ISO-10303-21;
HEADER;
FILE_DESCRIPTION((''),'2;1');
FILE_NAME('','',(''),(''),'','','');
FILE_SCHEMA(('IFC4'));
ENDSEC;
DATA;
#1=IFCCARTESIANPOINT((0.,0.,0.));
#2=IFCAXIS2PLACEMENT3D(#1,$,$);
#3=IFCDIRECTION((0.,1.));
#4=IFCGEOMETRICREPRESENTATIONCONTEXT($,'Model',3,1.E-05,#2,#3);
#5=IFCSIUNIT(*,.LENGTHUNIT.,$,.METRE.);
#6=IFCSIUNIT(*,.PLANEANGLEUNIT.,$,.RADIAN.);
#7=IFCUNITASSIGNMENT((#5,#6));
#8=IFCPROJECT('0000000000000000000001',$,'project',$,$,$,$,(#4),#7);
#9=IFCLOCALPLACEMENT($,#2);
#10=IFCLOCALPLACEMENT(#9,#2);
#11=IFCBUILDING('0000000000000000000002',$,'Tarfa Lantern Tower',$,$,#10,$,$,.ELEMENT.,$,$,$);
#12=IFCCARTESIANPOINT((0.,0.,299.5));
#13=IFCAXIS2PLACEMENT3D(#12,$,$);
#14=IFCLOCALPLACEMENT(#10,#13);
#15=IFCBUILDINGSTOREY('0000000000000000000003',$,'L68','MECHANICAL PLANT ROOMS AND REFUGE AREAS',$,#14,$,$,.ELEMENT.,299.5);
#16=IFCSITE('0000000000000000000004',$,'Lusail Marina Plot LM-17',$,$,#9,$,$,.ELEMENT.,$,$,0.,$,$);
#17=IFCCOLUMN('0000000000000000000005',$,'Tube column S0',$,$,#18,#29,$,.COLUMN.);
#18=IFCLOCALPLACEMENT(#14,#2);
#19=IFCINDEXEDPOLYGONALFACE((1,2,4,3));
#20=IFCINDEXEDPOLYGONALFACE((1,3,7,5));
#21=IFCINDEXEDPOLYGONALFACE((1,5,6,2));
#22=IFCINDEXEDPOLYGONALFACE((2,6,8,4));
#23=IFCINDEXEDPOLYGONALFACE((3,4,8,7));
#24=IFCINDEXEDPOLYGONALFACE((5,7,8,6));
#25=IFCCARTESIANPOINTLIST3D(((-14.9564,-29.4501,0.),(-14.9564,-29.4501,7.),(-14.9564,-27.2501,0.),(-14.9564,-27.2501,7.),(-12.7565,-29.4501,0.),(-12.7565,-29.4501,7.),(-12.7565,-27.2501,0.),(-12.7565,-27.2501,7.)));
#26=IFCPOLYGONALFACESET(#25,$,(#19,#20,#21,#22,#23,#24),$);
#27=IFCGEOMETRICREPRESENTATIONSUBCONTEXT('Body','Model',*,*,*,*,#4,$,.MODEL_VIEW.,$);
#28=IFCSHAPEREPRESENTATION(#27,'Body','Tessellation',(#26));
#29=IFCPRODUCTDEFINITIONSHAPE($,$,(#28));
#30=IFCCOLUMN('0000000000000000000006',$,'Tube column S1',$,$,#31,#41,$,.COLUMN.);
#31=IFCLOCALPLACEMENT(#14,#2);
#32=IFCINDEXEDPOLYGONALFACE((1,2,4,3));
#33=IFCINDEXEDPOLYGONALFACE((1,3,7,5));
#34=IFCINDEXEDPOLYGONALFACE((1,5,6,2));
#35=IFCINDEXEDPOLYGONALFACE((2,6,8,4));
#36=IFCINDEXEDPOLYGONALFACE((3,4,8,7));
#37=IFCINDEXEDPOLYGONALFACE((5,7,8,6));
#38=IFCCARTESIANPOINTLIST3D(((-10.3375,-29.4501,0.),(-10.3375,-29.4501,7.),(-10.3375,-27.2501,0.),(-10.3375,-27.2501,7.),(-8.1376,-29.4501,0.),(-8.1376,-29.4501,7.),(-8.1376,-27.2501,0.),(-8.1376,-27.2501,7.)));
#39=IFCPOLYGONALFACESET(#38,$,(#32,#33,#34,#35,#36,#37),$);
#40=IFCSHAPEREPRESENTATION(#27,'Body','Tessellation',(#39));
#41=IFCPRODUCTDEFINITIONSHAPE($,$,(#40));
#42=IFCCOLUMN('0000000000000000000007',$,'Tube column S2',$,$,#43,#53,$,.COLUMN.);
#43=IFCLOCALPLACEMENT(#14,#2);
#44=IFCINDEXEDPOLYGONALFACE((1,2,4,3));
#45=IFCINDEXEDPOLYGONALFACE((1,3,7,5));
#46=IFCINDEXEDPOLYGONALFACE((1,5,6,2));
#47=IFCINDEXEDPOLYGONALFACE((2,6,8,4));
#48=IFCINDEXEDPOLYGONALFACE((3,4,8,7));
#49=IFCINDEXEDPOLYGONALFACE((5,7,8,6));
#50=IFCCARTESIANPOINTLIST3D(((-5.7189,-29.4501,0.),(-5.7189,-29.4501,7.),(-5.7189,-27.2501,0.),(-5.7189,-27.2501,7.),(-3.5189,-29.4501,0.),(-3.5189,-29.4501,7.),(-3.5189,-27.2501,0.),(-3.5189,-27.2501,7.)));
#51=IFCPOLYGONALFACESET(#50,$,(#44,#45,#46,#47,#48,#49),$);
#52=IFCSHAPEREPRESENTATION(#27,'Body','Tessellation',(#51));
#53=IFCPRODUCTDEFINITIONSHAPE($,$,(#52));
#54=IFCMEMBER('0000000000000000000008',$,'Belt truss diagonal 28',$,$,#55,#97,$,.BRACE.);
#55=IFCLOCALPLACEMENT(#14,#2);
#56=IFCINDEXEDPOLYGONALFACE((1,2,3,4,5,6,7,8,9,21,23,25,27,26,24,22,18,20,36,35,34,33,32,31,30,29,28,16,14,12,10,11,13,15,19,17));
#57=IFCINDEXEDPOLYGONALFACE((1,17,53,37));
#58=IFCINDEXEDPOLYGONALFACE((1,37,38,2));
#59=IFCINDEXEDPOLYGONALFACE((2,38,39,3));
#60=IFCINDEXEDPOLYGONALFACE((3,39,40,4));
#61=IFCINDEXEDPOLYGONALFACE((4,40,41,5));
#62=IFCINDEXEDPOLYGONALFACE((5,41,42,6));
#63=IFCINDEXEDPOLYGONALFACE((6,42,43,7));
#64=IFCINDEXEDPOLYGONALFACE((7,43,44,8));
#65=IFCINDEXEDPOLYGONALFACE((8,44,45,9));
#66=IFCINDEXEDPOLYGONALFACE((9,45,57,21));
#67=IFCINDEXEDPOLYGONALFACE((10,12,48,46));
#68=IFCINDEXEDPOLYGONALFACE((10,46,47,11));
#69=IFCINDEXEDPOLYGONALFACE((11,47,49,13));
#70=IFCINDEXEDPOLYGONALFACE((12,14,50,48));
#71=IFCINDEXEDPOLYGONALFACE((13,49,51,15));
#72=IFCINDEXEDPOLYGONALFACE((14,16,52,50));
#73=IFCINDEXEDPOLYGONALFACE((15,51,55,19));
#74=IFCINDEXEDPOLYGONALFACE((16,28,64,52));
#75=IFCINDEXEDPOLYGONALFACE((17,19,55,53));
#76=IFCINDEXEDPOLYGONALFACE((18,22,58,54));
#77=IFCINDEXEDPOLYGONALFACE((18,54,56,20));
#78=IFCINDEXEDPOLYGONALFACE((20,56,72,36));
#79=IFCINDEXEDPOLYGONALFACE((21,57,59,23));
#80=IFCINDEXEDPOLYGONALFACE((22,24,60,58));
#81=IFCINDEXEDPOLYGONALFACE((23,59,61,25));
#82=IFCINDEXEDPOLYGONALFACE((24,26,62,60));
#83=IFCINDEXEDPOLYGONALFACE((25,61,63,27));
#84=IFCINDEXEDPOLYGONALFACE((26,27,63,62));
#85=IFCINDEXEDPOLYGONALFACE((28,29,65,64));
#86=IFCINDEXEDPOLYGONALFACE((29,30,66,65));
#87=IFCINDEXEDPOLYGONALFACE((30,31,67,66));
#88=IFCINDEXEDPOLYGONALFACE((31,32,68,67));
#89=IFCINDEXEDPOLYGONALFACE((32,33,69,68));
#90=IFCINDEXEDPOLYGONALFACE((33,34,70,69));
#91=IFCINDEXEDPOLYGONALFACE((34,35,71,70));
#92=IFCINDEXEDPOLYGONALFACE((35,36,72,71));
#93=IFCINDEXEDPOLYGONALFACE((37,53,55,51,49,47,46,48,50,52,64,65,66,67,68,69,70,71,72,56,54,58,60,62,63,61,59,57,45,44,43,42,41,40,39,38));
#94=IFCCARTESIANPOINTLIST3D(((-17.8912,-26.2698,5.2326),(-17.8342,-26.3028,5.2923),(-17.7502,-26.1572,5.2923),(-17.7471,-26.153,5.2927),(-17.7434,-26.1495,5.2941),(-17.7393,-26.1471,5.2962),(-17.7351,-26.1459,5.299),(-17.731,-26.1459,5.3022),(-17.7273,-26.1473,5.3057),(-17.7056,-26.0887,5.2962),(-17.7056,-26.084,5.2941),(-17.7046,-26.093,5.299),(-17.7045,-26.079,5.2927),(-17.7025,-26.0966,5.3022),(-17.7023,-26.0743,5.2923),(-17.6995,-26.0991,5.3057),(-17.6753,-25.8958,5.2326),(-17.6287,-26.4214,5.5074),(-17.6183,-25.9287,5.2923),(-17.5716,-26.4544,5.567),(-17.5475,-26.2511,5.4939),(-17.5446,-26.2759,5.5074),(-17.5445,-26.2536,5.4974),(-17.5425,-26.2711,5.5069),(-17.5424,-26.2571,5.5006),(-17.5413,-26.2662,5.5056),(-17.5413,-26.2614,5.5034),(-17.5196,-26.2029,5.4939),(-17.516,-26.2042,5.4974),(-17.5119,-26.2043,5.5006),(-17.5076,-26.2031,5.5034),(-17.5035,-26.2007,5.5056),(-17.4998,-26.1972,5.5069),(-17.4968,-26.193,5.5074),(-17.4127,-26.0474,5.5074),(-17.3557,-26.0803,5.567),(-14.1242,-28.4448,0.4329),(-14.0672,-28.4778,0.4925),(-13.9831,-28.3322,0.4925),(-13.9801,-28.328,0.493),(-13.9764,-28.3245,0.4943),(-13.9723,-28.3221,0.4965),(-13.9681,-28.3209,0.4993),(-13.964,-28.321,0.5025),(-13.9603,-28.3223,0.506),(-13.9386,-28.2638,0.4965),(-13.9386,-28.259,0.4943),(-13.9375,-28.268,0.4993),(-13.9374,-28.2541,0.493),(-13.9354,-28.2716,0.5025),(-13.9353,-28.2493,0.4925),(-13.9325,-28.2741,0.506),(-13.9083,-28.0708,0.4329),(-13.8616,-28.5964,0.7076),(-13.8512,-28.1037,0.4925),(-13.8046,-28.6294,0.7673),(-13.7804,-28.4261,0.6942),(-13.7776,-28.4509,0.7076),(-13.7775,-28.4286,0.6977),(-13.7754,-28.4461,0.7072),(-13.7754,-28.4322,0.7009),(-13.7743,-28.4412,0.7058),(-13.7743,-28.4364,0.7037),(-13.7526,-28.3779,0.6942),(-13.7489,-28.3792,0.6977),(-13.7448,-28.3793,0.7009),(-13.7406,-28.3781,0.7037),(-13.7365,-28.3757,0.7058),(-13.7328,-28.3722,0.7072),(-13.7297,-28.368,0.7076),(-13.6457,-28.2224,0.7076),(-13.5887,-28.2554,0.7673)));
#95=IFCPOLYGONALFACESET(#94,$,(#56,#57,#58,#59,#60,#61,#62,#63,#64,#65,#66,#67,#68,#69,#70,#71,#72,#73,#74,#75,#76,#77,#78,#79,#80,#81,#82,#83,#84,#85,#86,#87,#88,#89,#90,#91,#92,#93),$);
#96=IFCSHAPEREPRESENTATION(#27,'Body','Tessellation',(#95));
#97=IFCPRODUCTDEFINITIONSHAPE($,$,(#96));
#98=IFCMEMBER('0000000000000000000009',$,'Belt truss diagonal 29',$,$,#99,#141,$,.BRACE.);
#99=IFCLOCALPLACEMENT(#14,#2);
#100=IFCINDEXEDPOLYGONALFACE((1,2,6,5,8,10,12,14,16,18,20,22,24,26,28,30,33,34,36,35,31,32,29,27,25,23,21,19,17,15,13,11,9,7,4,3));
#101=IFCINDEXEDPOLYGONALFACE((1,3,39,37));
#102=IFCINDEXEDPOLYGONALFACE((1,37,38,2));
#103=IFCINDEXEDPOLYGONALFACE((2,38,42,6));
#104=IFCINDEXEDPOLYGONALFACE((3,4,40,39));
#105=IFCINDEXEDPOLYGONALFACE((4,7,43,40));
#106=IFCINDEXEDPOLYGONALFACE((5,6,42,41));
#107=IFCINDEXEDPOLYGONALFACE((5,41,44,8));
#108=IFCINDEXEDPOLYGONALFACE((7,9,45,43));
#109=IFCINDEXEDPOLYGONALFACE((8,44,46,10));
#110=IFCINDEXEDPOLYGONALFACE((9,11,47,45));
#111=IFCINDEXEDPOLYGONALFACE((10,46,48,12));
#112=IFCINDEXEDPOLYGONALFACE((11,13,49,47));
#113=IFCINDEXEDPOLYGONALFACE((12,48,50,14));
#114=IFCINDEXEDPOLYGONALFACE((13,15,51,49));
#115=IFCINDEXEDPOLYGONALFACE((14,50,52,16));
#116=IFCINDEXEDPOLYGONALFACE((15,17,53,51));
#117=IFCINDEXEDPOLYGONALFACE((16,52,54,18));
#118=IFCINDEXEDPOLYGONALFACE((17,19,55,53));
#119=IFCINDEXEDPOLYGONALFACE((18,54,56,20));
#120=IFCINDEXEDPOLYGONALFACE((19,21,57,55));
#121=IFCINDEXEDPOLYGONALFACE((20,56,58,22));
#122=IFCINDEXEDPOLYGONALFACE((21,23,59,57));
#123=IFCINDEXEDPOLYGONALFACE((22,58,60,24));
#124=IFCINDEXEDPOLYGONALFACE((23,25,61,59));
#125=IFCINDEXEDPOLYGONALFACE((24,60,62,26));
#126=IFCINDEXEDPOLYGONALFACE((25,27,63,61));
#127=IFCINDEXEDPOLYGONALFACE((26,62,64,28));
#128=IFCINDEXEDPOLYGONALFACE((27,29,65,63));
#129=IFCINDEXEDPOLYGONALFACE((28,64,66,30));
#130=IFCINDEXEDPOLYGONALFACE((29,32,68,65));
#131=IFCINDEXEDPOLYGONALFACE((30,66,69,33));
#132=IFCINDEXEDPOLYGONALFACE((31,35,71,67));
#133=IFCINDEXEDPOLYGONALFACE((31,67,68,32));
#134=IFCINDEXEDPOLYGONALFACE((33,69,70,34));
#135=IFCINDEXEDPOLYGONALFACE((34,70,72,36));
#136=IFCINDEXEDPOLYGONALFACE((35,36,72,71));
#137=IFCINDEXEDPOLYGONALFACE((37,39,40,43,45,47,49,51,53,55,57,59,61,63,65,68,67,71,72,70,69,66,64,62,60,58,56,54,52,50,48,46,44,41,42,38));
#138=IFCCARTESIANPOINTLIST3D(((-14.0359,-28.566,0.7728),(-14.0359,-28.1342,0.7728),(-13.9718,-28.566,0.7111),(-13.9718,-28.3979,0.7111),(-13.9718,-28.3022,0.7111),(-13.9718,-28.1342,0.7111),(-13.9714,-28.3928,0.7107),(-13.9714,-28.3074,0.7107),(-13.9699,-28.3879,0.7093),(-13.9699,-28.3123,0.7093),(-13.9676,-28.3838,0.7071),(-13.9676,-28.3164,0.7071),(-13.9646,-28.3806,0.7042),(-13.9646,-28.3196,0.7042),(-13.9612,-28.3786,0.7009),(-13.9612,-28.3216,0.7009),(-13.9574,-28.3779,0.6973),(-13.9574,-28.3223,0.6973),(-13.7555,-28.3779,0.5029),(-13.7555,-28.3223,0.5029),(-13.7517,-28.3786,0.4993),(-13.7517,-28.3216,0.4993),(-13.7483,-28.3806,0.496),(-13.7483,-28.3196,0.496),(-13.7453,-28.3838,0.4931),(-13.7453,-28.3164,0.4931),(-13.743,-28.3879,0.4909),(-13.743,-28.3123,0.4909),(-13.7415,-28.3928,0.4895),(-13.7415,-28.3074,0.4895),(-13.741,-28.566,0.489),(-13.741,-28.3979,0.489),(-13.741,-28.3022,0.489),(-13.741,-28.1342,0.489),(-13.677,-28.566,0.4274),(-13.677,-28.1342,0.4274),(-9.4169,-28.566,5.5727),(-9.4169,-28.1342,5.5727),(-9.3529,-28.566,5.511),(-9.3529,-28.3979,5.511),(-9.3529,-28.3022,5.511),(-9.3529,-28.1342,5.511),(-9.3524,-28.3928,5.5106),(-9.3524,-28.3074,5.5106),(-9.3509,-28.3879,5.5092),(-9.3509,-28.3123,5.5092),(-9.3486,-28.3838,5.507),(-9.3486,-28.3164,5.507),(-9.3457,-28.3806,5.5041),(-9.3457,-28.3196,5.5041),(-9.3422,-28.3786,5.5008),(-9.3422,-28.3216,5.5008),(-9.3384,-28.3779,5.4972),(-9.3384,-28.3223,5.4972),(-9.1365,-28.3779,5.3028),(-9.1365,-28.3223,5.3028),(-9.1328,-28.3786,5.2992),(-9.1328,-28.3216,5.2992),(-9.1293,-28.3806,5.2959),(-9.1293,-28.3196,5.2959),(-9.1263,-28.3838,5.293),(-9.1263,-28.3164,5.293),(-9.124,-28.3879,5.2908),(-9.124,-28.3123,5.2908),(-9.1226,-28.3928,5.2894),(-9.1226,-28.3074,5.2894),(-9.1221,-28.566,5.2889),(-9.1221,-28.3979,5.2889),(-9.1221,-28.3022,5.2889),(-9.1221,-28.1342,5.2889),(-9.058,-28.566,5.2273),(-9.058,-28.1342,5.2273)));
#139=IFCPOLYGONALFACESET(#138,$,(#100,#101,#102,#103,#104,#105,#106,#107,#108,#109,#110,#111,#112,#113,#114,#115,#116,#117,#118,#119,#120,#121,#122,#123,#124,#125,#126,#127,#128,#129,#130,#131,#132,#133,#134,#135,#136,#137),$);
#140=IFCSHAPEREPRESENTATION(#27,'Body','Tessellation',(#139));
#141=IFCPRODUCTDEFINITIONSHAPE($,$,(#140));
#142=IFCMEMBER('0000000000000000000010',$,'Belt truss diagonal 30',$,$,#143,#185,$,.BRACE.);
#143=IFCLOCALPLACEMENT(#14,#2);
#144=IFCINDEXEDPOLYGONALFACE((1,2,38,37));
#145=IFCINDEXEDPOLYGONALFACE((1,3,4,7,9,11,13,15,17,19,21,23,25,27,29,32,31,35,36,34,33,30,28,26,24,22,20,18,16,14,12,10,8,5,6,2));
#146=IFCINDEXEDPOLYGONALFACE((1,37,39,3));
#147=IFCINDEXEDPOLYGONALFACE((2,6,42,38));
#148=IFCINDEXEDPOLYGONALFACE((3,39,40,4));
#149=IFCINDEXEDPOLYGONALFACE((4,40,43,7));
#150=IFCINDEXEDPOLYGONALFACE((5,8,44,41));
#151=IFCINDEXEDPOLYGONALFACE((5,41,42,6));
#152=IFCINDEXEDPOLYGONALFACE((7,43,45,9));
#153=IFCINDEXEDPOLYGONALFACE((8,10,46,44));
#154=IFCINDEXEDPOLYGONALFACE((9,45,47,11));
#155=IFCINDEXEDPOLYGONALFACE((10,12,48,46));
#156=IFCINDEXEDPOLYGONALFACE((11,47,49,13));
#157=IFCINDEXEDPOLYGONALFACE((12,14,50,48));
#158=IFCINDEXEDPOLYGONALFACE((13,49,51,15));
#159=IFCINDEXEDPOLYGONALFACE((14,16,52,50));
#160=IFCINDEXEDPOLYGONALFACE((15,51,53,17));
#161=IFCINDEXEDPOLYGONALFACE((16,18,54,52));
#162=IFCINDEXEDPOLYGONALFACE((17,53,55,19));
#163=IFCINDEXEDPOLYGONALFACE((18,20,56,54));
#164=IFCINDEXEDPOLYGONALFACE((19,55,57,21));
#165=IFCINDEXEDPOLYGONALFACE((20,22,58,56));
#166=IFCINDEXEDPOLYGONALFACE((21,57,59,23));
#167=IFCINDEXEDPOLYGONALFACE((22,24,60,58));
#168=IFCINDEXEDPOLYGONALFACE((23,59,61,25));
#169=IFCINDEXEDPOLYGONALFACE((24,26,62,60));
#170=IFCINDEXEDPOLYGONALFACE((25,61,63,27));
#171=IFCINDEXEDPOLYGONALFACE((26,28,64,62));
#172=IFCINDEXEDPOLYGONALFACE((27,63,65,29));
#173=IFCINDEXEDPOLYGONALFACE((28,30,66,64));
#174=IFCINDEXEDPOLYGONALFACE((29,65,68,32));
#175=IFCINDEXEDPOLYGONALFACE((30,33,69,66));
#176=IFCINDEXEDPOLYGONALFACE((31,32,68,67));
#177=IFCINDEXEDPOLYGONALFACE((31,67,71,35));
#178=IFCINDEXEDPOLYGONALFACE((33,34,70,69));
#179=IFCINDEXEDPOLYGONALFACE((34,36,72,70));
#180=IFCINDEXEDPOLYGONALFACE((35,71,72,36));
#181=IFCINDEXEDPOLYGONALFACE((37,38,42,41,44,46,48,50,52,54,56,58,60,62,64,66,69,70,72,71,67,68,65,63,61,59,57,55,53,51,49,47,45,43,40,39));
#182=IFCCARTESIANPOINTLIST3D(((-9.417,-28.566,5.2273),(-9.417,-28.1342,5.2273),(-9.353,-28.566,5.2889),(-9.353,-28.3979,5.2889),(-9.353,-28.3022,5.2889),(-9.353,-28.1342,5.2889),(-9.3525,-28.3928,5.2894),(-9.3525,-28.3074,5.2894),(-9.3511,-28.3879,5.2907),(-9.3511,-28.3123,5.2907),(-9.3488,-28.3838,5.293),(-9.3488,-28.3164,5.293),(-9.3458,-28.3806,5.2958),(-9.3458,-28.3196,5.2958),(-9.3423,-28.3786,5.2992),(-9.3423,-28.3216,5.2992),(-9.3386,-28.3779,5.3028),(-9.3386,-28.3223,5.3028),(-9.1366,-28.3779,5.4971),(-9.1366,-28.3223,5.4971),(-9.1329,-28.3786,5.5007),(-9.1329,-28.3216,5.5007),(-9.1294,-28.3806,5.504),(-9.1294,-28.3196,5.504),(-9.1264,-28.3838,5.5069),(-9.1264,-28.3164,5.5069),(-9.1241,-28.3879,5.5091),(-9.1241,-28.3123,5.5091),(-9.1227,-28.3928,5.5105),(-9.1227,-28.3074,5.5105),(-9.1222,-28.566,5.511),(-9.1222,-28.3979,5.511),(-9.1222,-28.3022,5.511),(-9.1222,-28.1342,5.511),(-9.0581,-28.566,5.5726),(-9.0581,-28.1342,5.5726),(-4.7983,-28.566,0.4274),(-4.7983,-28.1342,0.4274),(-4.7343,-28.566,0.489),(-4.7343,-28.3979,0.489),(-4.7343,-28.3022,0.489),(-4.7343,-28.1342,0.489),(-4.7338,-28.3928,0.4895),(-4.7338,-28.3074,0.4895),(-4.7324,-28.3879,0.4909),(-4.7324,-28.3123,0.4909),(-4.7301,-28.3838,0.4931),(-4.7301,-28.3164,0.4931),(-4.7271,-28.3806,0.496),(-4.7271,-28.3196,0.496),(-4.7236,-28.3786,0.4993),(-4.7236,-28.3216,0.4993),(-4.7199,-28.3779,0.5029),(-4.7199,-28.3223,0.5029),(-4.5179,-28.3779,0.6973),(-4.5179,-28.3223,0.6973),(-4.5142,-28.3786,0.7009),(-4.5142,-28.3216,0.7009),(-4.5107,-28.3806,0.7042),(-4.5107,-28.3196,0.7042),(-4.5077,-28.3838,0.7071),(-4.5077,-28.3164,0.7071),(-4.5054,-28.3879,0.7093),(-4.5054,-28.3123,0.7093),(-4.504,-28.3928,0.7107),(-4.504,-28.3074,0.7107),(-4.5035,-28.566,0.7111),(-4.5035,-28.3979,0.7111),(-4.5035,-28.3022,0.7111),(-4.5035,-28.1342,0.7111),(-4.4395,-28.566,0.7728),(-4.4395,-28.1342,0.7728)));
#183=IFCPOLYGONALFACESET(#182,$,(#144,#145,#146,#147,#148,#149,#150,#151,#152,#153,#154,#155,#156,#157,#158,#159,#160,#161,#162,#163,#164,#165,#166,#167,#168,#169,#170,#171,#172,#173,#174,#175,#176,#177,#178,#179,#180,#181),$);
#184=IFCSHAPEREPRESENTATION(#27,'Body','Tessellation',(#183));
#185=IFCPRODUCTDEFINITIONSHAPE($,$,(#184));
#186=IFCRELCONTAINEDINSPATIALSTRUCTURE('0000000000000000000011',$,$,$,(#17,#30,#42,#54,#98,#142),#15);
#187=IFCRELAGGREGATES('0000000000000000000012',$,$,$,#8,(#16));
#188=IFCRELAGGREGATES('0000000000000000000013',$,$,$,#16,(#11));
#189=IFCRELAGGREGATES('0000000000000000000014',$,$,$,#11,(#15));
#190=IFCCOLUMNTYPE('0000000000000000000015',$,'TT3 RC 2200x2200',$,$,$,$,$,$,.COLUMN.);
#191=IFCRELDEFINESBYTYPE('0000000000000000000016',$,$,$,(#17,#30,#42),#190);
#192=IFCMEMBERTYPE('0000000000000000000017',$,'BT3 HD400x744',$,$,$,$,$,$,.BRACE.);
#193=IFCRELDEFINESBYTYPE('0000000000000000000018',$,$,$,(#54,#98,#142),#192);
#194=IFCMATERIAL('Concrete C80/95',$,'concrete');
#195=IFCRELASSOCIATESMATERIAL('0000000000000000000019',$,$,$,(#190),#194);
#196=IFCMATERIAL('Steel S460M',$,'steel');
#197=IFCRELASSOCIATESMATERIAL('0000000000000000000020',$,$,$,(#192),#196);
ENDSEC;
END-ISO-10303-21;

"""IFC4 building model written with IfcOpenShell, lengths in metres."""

from ifc_helpers import new_model, si_unit, direction, frame, origin, origin_2d, place, context, subcontext, project, spatial, rectangle, i_section, extrude, material, material_profile, profile_set, type_object, element, save


model = new_model("IFC4")

# Units and contexts
model_context = context("Model", 3, precision=1e-05, world=origin(), true_north=direction((0.0, 1.0)))
body_context = subcontext(model_context, "Body", "Model", "MODEL_VIEW")
ifc_project = project(units=[si_unit("LENGTHUNIT", "METRE"), si_unit("PLANEANGLEUNIT", "RADIAN")], contexts=[model_context])

# Site, building, storey
site_placement = place(None, origin())
site = spatial("IfcSite", under=ifc_project, at=site_placement, Name="Lusail Marina Plot LM-17", CompositionType="ELEMENT", RefElevation=0.0)
building_placement = place(site_placement, origin())
building = spatial("IfcBuilding", under=site, at=building_placement, Name="Tarfa Lantern Tower", CompositionType="ELEMENT")
storey_placement = place(building_placement, frame((0.0, 0.0, 299.5)))
storey = spatial("IfcBuildingStorey", under=building, at=storey_placement, Name="L68", Description="MECHANICAL PLANT ROOMS AND REFUGE AREAS", CompositionType="ELEMENT", Elevation=299.5)

# Columns
ifc_material_1 = material(Name="Concrete C80/95", Category="concrete")
ifc_material_profile_1 = material_profile(ifc_material_1, rectangle(XDim=2.2, YDim=2.2, at=origin_2d()), Name="RC 2200x2200")
ifc_profile_set_1 = profile_set([ifc_material_profile_1], Name="Concrete C80/95")
column_type = type_object("IfcColumnType", Name="TT3 RC 2200x2200", PredefinedType="COLUMN", material=ifc_profile_set_1)
for number, where, z_axis, x_axis, name in (
    (1, (-13.8564, -28.3501, 0.0), (0.0, 0.0, 1.0), (1.0, 0.0, 0.0), "Tube column S0"),
    (2, (-9.2375, -28.3501, 0.0), (0.0, 0.0, 1.0), (1.0, 0.0, 0.0), "Tube column S1"),
    (3, (-4.6189, -28.3501, 0.0), (0.0, 0.0, 1.0), (1.0, 0.0, 0.0), "Tube column S2"),
):
    element("IfcColumn", number, at=place(storey_placement, frame(where, z_axis=z_axis, x_axis=x_axis)), inside=storey, type_object=column_type, Name=name, PredefinedType="COLUMN", context=body_context, shape_type="SweptSolid", body=[
        extrude(rectangle(XDim=2.2, YDim=2.2, at=origin_2d()), origin(), (0.0, 0.0, 1.0), 7.0),
    ])

# Members
ifc_material_2 = material(Name="Steel S460M", Category="steel")
ifc_material_profile_2 = material_profile(ifc_material_2, i_section(OverallWidth=0.4319, OverallDepth=0.498, WebThickness=0.0557, FlangeThickness=0.0889, FilletRadius=0.02, at=origin_2d()), Name="HD400x744")
ifc_profile_set_2 = profile_set([ifc_material_profile_2], Name="Steel S460M")
member_type_1 = type_object("IfcMemberType", Name="BT3 HD400x744", PredefinedType="BRACE", material=ifc_profile_set_2)
member_1_placement = place(storey_placement, frame((-13.8564, -28.3501, 0.6001), z_axis=(-0.581552, 0.335778, 0.74098), x_axis=(-0.50002, -0.866014, 0.0)))
element("IfcMember", 4, at=member_1_placement, inside=storey, type_object=member_type_1, Name="Belt truss diagonal 28", PredefinedType="BRACE", context=body_context, shape_type="SweptSolid", body=[
    extrude(i_section(OverallWidth=0.4319, OverallDepth=0.498, WebThickness=0.0557, FlangeThickness=0.0889, FilletRadius=0.02, at=origin_2d()), origin(), (0.0, 0.0, 1.0), 6.4775),
])
member_2_placement = place(storey_placement, frame((-13.8564, -28.3501, 0.6001), z_axis=(0.693397, 0.0, 0.720556), x_axis=(0.0, 1.0, 0.0)))
element("IfcMember", 5, at=member_2_placement, inside=storey, type_object=member_type_1, Name="Belt truss diagonal 29", PredefinedType="BRACE", context=body_context, shape_type="SweptSolid", body=[
    extrude(i_section(OverallWidth=0.4319, OverallDepth=0.498, WebThickness=0.0557, FlangeThickness=0.0889, FilletRadius=0.02, at=origin_2d()), origin(), (0.0, 0.0, 1.0), 6.6614),
])
member_3_placement = place(storey_placement, frame((-4.6189, -28.3501, 0.6001), z_axis=(-0.693378, 0.0, 0.720574), x_axis=(0.0, -1.0, 0.0)))
element("IfcMember", 6, at=member_3_placement, inside=storey, type_object=member_type_1, Name="Belt truss diagonal 30", PredefinedType="BRACE", context=body_context, shape_type="SweptSolid", body=[
    extrude(i_section(OverallWidth=0.4319, OverallDepth=0.498, WebThickness=0.0557, FlangeThickness=0.0889, FilletRadius=0.02, at=origin_2d()), origin(), (0.0, 0.0, 1.0), 6.6611),
])

save(model, "model.ifc")
